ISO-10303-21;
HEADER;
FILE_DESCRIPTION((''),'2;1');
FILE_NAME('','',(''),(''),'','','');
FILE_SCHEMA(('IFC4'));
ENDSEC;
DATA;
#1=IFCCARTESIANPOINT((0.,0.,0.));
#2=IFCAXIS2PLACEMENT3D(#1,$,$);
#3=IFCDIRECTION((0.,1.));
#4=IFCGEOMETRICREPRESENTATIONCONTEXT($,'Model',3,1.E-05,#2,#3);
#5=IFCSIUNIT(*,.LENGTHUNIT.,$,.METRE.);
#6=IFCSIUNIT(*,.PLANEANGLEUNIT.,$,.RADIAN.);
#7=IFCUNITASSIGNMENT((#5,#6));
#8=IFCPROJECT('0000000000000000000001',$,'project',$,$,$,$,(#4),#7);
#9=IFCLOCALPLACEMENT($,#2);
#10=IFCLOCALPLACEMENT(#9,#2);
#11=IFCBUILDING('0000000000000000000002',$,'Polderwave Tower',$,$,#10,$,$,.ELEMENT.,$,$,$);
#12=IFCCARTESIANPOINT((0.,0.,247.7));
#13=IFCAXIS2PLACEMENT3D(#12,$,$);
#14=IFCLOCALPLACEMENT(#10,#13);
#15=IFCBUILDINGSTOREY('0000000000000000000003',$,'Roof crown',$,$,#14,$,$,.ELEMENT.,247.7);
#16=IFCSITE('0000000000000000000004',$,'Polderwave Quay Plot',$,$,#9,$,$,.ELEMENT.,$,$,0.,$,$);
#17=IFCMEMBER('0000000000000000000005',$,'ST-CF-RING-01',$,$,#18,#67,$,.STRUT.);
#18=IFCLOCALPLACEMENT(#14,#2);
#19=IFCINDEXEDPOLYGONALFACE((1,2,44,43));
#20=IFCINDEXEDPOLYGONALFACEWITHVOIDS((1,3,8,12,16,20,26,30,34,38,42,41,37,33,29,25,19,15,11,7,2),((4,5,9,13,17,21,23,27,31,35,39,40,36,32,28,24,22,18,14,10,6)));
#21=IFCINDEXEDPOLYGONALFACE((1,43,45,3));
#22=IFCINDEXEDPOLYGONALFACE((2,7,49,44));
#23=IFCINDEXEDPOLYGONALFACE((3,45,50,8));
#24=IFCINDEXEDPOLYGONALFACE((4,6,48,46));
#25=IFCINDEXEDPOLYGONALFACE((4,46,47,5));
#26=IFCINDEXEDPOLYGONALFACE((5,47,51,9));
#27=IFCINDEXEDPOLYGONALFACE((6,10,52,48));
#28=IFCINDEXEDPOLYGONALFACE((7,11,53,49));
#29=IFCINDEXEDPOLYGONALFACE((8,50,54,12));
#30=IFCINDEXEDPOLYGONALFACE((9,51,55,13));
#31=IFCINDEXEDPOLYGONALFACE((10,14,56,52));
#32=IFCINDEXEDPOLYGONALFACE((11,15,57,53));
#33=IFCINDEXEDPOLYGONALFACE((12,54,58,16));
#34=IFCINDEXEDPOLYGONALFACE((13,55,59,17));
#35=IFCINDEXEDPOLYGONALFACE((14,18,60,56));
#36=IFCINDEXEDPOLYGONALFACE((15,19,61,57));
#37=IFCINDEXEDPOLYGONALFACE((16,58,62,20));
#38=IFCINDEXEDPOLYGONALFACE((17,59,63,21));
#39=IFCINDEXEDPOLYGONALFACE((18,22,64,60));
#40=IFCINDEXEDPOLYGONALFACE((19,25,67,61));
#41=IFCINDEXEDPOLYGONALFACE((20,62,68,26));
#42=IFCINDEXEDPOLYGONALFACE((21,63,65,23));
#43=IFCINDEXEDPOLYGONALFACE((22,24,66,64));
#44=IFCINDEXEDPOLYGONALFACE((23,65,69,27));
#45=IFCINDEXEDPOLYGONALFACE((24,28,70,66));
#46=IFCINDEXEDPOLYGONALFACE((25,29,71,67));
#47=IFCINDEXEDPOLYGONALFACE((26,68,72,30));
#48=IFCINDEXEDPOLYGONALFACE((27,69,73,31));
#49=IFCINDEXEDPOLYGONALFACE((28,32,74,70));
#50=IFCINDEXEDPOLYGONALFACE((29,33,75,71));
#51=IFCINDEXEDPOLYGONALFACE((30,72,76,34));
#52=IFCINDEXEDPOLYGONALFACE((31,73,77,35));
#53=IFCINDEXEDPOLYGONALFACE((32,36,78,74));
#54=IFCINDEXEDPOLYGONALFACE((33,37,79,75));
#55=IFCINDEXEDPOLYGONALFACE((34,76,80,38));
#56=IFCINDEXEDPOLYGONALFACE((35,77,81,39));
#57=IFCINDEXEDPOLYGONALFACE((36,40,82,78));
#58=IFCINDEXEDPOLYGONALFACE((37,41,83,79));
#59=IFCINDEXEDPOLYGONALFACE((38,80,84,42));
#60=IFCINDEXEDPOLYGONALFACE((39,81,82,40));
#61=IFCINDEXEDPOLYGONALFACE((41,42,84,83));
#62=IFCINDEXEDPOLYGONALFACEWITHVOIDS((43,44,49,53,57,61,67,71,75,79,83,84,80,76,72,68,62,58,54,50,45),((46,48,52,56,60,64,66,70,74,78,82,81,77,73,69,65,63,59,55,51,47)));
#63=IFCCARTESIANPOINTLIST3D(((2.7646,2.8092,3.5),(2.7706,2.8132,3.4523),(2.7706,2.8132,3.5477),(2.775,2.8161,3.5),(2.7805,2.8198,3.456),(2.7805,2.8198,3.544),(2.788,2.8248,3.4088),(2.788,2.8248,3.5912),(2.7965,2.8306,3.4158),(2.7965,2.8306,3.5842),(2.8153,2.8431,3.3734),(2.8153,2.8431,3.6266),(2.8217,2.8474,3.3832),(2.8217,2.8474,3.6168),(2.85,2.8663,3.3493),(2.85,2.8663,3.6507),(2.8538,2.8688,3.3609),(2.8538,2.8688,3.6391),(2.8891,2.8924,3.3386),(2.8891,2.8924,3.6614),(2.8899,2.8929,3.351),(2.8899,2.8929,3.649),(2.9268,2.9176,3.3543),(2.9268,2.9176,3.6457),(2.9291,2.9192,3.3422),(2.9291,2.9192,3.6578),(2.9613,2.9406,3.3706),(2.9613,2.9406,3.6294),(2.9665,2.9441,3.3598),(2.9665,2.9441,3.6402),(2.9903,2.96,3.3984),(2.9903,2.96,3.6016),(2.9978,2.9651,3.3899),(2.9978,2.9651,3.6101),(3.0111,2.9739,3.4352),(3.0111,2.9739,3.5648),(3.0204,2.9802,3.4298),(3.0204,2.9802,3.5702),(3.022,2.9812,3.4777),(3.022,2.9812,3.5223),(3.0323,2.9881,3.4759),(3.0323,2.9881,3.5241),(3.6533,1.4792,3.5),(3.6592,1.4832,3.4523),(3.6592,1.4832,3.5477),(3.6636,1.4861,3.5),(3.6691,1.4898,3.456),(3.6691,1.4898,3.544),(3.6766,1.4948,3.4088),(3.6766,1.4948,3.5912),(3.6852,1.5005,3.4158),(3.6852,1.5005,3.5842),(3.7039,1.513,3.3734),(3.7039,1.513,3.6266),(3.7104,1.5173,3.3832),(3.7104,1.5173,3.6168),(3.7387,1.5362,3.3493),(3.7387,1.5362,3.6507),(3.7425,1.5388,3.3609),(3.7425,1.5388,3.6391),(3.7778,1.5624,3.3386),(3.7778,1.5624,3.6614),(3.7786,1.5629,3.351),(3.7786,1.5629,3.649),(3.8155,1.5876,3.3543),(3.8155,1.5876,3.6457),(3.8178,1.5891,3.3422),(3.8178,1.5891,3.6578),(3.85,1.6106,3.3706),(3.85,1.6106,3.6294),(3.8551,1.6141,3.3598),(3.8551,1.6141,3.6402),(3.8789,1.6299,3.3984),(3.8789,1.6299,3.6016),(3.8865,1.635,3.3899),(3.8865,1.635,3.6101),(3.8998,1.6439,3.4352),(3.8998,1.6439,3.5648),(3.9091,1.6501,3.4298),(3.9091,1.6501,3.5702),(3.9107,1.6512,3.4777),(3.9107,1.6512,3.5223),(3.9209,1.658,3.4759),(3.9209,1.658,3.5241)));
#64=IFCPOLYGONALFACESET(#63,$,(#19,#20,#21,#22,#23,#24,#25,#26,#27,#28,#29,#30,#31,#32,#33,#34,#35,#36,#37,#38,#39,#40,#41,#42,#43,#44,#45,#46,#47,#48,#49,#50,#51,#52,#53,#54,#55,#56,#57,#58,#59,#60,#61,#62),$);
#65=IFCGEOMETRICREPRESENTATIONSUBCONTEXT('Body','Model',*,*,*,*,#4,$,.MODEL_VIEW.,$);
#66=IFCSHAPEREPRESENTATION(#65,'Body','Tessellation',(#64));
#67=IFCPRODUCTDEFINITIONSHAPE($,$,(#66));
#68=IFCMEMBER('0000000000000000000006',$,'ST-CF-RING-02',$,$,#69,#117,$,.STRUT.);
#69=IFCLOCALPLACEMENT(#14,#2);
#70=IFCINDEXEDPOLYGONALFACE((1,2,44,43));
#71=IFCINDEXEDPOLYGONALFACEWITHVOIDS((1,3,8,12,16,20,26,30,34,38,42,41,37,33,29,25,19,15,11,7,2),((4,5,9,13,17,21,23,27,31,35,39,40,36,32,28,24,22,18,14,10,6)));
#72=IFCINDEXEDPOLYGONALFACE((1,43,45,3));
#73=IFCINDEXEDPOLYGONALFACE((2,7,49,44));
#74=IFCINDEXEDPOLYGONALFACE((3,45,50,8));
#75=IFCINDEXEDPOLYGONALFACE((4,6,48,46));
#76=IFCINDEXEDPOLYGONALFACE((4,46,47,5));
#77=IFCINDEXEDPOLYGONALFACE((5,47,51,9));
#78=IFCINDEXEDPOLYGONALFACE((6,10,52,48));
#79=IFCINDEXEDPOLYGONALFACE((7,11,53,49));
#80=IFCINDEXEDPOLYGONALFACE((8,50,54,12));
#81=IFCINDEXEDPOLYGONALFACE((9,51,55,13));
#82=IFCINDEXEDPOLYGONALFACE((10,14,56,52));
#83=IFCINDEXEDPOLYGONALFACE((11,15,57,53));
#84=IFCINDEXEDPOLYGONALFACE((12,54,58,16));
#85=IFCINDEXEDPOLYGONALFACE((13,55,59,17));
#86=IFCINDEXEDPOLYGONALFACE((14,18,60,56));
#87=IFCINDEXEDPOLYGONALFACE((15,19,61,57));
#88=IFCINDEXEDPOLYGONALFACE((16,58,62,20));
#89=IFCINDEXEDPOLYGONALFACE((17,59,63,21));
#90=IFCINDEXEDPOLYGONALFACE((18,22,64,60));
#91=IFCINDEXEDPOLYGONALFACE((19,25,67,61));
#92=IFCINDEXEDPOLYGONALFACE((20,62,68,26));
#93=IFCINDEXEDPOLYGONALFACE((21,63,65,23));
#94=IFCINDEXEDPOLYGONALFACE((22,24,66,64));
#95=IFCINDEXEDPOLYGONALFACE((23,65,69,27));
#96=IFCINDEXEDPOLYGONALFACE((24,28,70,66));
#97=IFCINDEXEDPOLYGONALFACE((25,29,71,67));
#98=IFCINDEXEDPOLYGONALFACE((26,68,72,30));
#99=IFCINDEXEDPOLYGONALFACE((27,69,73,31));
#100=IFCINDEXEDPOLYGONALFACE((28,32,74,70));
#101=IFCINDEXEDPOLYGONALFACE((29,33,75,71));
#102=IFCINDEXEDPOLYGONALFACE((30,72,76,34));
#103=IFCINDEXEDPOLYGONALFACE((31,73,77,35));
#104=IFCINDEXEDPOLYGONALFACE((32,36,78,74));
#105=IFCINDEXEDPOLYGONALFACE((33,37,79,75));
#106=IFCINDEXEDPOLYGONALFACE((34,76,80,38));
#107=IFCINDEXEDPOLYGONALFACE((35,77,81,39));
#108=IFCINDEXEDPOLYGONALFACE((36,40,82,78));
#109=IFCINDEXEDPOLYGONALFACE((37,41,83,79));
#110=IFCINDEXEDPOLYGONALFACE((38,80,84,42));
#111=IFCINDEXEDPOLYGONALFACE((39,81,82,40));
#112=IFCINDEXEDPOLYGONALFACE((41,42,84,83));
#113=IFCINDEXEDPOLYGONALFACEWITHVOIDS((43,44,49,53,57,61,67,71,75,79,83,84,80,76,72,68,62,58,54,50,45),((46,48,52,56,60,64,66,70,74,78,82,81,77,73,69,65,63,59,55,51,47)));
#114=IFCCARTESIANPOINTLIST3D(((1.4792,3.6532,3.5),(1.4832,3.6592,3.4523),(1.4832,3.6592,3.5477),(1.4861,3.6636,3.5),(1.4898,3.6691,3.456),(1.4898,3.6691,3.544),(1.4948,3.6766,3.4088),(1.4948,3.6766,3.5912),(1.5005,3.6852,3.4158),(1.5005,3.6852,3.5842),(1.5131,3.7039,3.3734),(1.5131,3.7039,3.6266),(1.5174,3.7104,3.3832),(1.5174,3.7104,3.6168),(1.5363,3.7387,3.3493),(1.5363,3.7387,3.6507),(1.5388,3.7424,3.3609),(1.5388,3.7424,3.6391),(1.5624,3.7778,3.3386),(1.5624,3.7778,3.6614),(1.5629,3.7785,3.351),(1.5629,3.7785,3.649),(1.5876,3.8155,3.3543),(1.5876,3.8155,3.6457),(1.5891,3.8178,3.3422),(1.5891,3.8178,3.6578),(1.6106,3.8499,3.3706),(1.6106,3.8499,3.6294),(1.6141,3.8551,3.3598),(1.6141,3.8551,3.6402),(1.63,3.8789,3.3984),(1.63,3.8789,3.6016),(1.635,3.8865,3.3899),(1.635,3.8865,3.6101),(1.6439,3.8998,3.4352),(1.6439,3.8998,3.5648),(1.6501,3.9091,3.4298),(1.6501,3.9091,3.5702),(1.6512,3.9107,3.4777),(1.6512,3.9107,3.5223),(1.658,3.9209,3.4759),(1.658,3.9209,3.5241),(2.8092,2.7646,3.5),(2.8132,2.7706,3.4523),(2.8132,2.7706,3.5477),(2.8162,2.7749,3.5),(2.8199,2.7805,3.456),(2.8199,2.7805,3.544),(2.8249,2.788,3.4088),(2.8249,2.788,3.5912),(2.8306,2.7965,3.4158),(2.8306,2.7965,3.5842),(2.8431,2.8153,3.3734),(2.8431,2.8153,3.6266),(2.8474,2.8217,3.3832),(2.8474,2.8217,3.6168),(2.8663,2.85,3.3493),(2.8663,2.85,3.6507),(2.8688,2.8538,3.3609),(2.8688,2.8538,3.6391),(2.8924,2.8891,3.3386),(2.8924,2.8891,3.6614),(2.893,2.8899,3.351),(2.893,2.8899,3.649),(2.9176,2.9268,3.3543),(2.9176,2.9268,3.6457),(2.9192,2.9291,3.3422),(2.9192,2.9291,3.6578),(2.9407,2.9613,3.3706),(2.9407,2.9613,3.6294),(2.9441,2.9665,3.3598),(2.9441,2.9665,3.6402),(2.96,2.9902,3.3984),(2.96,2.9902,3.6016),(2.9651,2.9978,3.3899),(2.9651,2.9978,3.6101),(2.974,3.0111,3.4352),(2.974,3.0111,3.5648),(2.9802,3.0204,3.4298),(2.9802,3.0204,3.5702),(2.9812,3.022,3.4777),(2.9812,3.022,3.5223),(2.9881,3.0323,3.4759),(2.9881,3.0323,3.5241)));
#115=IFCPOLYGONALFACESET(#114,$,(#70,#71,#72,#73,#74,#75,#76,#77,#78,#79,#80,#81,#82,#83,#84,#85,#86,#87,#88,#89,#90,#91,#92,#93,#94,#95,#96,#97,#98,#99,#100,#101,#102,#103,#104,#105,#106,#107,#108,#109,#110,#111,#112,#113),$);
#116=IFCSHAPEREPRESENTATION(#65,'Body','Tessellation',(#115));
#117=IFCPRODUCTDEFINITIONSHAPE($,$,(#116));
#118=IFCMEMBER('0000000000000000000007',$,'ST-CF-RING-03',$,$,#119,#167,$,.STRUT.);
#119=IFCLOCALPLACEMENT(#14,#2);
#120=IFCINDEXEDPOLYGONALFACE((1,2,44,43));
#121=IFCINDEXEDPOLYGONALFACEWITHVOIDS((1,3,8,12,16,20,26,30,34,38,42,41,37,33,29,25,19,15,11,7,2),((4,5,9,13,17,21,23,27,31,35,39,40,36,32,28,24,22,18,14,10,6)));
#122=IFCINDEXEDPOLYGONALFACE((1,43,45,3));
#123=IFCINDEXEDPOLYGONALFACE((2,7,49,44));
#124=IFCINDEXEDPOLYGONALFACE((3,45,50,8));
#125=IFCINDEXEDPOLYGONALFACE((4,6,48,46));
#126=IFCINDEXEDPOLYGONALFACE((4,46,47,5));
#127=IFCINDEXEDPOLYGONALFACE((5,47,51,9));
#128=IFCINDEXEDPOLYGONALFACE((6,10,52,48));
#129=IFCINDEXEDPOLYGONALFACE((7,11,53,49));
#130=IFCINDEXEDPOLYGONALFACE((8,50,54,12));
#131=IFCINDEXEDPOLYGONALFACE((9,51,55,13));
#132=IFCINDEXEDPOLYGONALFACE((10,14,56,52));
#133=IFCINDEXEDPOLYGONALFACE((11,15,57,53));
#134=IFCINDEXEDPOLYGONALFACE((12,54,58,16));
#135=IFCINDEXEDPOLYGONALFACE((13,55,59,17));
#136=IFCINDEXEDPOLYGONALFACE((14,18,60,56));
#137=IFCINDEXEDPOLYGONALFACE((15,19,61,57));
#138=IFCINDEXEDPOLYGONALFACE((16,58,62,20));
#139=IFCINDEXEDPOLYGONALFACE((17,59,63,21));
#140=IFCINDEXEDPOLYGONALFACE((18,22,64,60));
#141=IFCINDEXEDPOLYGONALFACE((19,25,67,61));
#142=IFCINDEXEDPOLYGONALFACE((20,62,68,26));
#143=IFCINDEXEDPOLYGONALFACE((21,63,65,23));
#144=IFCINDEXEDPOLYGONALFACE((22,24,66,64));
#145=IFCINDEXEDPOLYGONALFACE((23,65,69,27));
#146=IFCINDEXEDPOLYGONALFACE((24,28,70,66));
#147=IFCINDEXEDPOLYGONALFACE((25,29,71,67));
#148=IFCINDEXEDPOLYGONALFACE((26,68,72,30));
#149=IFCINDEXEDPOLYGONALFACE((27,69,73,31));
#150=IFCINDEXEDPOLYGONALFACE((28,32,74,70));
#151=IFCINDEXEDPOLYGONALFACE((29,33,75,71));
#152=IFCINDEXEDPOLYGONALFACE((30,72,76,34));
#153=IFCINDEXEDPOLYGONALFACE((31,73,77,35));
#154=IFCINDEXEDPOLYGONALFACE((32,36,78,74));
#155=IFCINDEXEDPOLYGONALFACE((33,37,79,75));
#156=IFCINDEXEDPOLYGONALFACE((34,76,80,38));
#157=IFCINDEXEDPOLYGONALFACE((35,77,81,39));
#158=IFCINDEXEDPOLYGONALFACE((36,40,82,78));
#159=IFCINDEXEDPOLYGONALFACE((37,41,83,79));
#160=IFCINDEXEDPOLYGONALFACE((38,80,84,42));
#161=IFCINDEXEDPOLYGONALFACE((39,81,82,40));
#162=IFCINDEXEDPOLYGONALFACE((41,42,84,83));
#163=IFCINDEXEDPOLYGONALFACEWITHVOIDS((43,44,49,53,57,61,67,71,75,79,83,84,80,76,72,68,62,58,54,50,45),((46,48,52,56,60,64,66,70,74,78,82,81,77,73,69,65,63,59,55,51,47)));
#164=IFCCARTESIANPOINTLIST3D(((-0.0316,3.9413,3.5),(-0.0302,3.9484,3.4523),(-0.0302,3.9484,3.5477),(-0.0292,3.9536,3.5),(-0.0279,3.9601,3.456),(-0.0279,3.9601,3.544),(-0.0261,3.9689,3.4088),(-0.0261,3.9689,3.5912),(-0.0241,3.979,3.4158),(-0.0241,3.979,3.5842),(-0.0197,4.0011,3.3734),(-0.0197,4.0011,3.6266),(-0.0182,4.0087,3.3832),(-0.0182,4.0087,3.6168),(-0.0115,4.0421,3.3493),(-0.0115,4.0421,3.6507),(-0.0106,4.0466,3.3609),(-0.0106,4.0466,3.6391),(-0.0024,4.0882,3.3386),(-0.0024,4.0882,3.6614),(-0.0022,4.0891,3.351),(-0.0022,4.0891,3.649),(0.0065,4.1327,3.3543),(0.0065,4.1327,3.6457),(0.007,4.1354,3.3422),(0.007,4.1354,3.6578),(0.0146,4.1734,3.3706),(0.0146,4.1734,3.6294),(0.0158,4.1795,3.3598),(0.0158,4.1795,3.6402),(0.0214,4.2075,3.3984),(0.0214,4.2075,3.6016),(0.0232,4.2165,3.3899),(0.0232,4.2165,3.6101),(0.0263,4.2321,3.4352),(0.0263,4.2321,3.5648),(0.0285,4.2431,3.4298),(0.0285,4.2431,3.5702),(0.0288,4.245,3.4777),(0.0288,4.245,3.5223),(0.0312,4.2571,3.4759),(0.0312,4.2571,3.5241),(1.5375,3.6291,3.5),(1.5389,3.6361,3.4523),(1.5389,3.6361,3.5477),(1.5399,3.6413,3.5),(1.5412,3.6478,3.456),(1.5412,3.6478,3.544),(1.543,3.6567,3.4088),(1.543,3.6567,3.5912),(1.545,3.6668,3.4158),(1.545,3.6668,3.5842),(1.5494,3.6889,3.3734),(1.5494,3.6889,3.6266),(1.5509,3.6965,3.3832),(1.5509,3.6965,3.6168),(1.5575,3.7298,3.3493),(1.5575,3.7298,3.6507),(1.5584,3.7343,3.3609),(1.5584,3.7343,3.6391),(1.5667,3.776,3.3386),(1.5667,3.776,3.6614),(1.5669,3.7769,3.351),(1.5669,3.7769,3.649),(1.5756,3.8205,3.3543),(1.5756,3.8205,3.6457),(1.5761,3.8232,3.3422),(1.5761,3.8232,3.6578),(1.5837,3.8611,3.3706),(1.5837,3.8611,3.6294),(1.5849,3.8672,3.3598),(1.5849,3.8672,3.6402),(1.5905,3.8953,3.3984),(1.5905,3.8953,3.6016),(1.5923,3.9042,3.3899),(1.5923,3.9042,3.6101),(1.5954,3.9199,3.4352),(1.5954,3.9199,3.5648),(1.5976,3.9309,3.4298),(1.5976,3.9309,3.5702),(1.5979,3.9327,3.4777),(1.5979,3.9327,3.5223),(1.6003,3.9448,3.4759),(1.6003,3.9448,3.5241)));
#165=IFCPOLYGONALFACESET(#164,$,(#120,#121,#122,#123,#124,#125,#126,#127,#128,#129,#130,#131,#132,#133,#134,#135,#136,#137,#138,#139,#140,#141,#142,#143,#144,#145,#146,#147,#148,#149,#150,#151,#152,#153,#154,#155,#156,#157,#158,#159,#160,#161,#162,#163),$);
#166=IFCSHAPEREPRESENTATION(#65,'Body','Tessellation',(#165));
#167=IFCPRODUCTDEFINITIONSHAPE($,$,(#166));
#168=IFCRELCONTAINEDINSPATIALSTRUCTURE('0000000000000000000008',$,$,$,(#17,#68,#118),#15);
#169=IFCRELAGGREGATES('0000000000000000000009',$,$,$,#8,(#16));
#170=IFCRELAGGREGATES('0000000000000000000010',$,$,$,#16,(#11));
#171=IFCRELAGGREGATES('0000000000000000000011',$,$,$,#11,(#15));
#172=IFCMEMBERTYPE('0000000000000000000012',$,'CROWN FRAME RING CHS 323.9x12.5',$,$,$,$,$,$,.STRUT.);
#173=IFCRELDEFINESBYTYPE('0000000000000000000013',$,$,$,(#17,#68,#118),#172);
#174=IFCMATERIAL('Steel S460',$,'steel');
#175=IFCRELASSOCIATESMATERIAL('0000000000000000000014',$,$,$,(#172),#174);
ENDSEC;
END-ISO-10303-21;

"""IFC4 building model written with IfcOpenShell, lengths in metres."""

from ifc_helpers import new_model, si_unit, direction, frame, origin, origin_2d, place, context, subcontext, project, spatial, hollow_circle, extrude, material, material_profile, profile_set, type_object, element, save


model = new_model("IFC4")

# Units and contexts
model_context = context("Model", 3, precision=1e-05, world=origin(), true_north=direction((0.0, 1.0)))
body_context = subcontext(model_context, "Body", "Model", "MODEL_VIEW")
ifc_project = project(units=[si_unit("LENGTHUNIT", "METRE"), si_unit("PLANEANGLEUNIT", "RADIAN")], contexts=[model_context])

# Site, building, storey
site_placement = place(None, origin())
site = spatial("IfcSite", under=ifc_project, at=site_placement, Name="Polderwave Quay Plot", CompositionType="ELEMENT", RefElevation=0.0)
building_placement = place(site_placement, origin())
building = spatial("IfcBuilding", under=site, at=building_placement, Name="Polderwave Tower", CompositionType="ELEMENT")
storey_placement = place(building_placement, frame((0.0, 0.0, 247.7)))
storey = spatial("IfcBuildingStorey", under=building, at=storey_placement, Name="Roof crown", CompositionType="ELEMENT", Elevation=247.7)

# Members
ifc_material_1 = material(Name="Steel S460", Category="steel")
ifc_material_profile_1 = material_profile(ifc_material_1, hollow_circle(Radius=0.1619, WallThickness=0.0125, at=origin_2d()), Name="CHS 323.9x12.5")
ifc_profile_set_1 = profile_set([ifc_material_profile_1], Name="Steel S460")
member_type_1 = type_object("IfcMemberType", Name="CROWN FRAME RING CHS 323.9x12.5", PredefinedType="STRUT", material=ifc_profile_set_1)
for number, where, z_axis, x_axis, name in (
    (1, (3.7878, 1.5691, 3.5), (-0.555545, 0.831486, 0.0), (-0.831486, -0.555545, 0.0), "ST-CF-RING-01"),
    (2, (2.8992, 2.8992, 3.5), (-0.831486, 0.555545, 0.0), (-0.555545, -0.831486, 0.0), "ST-CF-RING-02"),
):
    element("IfcMember", number, at=place(storey_placement, frame(where, z_axis=z_axis, x_axis=x_axis)), inside=storey, type_object=member_type_1, Name=name, PredefinedType="STRUT", context=body_context, shape_type="SweptSolid", body=[
        extrude(hollow_circle(Radius=0.1619, WallThickness=0.0125, at=origin_2d()), origin(), (0.0, 0.0, 1.0), 1.5996),
    ])
for number, where, z_axis, x_axis, name in (
    (3, (1.5691, 3.7878, 3.5), (-0.980768, 0.195177, 0.0), (-0.195177, -0.980768, 0.0), "ST-CF-RING-03"),
):
    element("IfcMember", number, at=place(storey_placement, frame(where, z_axis=z_axis, x_axis=x_axis)), inside=storey, type_object=member_type_1, Name=name, PredefinedType="STRUT", context=body_context, shape_type="SweptSolid", body=[
        extrude(hollow_circle(Radius=0.1619, WallThickness=0.0125, at=origin_2d()), origin(), (0.0, 0.0, 1.0), 1.5999),
    ])

save(model, "model.ifc")
